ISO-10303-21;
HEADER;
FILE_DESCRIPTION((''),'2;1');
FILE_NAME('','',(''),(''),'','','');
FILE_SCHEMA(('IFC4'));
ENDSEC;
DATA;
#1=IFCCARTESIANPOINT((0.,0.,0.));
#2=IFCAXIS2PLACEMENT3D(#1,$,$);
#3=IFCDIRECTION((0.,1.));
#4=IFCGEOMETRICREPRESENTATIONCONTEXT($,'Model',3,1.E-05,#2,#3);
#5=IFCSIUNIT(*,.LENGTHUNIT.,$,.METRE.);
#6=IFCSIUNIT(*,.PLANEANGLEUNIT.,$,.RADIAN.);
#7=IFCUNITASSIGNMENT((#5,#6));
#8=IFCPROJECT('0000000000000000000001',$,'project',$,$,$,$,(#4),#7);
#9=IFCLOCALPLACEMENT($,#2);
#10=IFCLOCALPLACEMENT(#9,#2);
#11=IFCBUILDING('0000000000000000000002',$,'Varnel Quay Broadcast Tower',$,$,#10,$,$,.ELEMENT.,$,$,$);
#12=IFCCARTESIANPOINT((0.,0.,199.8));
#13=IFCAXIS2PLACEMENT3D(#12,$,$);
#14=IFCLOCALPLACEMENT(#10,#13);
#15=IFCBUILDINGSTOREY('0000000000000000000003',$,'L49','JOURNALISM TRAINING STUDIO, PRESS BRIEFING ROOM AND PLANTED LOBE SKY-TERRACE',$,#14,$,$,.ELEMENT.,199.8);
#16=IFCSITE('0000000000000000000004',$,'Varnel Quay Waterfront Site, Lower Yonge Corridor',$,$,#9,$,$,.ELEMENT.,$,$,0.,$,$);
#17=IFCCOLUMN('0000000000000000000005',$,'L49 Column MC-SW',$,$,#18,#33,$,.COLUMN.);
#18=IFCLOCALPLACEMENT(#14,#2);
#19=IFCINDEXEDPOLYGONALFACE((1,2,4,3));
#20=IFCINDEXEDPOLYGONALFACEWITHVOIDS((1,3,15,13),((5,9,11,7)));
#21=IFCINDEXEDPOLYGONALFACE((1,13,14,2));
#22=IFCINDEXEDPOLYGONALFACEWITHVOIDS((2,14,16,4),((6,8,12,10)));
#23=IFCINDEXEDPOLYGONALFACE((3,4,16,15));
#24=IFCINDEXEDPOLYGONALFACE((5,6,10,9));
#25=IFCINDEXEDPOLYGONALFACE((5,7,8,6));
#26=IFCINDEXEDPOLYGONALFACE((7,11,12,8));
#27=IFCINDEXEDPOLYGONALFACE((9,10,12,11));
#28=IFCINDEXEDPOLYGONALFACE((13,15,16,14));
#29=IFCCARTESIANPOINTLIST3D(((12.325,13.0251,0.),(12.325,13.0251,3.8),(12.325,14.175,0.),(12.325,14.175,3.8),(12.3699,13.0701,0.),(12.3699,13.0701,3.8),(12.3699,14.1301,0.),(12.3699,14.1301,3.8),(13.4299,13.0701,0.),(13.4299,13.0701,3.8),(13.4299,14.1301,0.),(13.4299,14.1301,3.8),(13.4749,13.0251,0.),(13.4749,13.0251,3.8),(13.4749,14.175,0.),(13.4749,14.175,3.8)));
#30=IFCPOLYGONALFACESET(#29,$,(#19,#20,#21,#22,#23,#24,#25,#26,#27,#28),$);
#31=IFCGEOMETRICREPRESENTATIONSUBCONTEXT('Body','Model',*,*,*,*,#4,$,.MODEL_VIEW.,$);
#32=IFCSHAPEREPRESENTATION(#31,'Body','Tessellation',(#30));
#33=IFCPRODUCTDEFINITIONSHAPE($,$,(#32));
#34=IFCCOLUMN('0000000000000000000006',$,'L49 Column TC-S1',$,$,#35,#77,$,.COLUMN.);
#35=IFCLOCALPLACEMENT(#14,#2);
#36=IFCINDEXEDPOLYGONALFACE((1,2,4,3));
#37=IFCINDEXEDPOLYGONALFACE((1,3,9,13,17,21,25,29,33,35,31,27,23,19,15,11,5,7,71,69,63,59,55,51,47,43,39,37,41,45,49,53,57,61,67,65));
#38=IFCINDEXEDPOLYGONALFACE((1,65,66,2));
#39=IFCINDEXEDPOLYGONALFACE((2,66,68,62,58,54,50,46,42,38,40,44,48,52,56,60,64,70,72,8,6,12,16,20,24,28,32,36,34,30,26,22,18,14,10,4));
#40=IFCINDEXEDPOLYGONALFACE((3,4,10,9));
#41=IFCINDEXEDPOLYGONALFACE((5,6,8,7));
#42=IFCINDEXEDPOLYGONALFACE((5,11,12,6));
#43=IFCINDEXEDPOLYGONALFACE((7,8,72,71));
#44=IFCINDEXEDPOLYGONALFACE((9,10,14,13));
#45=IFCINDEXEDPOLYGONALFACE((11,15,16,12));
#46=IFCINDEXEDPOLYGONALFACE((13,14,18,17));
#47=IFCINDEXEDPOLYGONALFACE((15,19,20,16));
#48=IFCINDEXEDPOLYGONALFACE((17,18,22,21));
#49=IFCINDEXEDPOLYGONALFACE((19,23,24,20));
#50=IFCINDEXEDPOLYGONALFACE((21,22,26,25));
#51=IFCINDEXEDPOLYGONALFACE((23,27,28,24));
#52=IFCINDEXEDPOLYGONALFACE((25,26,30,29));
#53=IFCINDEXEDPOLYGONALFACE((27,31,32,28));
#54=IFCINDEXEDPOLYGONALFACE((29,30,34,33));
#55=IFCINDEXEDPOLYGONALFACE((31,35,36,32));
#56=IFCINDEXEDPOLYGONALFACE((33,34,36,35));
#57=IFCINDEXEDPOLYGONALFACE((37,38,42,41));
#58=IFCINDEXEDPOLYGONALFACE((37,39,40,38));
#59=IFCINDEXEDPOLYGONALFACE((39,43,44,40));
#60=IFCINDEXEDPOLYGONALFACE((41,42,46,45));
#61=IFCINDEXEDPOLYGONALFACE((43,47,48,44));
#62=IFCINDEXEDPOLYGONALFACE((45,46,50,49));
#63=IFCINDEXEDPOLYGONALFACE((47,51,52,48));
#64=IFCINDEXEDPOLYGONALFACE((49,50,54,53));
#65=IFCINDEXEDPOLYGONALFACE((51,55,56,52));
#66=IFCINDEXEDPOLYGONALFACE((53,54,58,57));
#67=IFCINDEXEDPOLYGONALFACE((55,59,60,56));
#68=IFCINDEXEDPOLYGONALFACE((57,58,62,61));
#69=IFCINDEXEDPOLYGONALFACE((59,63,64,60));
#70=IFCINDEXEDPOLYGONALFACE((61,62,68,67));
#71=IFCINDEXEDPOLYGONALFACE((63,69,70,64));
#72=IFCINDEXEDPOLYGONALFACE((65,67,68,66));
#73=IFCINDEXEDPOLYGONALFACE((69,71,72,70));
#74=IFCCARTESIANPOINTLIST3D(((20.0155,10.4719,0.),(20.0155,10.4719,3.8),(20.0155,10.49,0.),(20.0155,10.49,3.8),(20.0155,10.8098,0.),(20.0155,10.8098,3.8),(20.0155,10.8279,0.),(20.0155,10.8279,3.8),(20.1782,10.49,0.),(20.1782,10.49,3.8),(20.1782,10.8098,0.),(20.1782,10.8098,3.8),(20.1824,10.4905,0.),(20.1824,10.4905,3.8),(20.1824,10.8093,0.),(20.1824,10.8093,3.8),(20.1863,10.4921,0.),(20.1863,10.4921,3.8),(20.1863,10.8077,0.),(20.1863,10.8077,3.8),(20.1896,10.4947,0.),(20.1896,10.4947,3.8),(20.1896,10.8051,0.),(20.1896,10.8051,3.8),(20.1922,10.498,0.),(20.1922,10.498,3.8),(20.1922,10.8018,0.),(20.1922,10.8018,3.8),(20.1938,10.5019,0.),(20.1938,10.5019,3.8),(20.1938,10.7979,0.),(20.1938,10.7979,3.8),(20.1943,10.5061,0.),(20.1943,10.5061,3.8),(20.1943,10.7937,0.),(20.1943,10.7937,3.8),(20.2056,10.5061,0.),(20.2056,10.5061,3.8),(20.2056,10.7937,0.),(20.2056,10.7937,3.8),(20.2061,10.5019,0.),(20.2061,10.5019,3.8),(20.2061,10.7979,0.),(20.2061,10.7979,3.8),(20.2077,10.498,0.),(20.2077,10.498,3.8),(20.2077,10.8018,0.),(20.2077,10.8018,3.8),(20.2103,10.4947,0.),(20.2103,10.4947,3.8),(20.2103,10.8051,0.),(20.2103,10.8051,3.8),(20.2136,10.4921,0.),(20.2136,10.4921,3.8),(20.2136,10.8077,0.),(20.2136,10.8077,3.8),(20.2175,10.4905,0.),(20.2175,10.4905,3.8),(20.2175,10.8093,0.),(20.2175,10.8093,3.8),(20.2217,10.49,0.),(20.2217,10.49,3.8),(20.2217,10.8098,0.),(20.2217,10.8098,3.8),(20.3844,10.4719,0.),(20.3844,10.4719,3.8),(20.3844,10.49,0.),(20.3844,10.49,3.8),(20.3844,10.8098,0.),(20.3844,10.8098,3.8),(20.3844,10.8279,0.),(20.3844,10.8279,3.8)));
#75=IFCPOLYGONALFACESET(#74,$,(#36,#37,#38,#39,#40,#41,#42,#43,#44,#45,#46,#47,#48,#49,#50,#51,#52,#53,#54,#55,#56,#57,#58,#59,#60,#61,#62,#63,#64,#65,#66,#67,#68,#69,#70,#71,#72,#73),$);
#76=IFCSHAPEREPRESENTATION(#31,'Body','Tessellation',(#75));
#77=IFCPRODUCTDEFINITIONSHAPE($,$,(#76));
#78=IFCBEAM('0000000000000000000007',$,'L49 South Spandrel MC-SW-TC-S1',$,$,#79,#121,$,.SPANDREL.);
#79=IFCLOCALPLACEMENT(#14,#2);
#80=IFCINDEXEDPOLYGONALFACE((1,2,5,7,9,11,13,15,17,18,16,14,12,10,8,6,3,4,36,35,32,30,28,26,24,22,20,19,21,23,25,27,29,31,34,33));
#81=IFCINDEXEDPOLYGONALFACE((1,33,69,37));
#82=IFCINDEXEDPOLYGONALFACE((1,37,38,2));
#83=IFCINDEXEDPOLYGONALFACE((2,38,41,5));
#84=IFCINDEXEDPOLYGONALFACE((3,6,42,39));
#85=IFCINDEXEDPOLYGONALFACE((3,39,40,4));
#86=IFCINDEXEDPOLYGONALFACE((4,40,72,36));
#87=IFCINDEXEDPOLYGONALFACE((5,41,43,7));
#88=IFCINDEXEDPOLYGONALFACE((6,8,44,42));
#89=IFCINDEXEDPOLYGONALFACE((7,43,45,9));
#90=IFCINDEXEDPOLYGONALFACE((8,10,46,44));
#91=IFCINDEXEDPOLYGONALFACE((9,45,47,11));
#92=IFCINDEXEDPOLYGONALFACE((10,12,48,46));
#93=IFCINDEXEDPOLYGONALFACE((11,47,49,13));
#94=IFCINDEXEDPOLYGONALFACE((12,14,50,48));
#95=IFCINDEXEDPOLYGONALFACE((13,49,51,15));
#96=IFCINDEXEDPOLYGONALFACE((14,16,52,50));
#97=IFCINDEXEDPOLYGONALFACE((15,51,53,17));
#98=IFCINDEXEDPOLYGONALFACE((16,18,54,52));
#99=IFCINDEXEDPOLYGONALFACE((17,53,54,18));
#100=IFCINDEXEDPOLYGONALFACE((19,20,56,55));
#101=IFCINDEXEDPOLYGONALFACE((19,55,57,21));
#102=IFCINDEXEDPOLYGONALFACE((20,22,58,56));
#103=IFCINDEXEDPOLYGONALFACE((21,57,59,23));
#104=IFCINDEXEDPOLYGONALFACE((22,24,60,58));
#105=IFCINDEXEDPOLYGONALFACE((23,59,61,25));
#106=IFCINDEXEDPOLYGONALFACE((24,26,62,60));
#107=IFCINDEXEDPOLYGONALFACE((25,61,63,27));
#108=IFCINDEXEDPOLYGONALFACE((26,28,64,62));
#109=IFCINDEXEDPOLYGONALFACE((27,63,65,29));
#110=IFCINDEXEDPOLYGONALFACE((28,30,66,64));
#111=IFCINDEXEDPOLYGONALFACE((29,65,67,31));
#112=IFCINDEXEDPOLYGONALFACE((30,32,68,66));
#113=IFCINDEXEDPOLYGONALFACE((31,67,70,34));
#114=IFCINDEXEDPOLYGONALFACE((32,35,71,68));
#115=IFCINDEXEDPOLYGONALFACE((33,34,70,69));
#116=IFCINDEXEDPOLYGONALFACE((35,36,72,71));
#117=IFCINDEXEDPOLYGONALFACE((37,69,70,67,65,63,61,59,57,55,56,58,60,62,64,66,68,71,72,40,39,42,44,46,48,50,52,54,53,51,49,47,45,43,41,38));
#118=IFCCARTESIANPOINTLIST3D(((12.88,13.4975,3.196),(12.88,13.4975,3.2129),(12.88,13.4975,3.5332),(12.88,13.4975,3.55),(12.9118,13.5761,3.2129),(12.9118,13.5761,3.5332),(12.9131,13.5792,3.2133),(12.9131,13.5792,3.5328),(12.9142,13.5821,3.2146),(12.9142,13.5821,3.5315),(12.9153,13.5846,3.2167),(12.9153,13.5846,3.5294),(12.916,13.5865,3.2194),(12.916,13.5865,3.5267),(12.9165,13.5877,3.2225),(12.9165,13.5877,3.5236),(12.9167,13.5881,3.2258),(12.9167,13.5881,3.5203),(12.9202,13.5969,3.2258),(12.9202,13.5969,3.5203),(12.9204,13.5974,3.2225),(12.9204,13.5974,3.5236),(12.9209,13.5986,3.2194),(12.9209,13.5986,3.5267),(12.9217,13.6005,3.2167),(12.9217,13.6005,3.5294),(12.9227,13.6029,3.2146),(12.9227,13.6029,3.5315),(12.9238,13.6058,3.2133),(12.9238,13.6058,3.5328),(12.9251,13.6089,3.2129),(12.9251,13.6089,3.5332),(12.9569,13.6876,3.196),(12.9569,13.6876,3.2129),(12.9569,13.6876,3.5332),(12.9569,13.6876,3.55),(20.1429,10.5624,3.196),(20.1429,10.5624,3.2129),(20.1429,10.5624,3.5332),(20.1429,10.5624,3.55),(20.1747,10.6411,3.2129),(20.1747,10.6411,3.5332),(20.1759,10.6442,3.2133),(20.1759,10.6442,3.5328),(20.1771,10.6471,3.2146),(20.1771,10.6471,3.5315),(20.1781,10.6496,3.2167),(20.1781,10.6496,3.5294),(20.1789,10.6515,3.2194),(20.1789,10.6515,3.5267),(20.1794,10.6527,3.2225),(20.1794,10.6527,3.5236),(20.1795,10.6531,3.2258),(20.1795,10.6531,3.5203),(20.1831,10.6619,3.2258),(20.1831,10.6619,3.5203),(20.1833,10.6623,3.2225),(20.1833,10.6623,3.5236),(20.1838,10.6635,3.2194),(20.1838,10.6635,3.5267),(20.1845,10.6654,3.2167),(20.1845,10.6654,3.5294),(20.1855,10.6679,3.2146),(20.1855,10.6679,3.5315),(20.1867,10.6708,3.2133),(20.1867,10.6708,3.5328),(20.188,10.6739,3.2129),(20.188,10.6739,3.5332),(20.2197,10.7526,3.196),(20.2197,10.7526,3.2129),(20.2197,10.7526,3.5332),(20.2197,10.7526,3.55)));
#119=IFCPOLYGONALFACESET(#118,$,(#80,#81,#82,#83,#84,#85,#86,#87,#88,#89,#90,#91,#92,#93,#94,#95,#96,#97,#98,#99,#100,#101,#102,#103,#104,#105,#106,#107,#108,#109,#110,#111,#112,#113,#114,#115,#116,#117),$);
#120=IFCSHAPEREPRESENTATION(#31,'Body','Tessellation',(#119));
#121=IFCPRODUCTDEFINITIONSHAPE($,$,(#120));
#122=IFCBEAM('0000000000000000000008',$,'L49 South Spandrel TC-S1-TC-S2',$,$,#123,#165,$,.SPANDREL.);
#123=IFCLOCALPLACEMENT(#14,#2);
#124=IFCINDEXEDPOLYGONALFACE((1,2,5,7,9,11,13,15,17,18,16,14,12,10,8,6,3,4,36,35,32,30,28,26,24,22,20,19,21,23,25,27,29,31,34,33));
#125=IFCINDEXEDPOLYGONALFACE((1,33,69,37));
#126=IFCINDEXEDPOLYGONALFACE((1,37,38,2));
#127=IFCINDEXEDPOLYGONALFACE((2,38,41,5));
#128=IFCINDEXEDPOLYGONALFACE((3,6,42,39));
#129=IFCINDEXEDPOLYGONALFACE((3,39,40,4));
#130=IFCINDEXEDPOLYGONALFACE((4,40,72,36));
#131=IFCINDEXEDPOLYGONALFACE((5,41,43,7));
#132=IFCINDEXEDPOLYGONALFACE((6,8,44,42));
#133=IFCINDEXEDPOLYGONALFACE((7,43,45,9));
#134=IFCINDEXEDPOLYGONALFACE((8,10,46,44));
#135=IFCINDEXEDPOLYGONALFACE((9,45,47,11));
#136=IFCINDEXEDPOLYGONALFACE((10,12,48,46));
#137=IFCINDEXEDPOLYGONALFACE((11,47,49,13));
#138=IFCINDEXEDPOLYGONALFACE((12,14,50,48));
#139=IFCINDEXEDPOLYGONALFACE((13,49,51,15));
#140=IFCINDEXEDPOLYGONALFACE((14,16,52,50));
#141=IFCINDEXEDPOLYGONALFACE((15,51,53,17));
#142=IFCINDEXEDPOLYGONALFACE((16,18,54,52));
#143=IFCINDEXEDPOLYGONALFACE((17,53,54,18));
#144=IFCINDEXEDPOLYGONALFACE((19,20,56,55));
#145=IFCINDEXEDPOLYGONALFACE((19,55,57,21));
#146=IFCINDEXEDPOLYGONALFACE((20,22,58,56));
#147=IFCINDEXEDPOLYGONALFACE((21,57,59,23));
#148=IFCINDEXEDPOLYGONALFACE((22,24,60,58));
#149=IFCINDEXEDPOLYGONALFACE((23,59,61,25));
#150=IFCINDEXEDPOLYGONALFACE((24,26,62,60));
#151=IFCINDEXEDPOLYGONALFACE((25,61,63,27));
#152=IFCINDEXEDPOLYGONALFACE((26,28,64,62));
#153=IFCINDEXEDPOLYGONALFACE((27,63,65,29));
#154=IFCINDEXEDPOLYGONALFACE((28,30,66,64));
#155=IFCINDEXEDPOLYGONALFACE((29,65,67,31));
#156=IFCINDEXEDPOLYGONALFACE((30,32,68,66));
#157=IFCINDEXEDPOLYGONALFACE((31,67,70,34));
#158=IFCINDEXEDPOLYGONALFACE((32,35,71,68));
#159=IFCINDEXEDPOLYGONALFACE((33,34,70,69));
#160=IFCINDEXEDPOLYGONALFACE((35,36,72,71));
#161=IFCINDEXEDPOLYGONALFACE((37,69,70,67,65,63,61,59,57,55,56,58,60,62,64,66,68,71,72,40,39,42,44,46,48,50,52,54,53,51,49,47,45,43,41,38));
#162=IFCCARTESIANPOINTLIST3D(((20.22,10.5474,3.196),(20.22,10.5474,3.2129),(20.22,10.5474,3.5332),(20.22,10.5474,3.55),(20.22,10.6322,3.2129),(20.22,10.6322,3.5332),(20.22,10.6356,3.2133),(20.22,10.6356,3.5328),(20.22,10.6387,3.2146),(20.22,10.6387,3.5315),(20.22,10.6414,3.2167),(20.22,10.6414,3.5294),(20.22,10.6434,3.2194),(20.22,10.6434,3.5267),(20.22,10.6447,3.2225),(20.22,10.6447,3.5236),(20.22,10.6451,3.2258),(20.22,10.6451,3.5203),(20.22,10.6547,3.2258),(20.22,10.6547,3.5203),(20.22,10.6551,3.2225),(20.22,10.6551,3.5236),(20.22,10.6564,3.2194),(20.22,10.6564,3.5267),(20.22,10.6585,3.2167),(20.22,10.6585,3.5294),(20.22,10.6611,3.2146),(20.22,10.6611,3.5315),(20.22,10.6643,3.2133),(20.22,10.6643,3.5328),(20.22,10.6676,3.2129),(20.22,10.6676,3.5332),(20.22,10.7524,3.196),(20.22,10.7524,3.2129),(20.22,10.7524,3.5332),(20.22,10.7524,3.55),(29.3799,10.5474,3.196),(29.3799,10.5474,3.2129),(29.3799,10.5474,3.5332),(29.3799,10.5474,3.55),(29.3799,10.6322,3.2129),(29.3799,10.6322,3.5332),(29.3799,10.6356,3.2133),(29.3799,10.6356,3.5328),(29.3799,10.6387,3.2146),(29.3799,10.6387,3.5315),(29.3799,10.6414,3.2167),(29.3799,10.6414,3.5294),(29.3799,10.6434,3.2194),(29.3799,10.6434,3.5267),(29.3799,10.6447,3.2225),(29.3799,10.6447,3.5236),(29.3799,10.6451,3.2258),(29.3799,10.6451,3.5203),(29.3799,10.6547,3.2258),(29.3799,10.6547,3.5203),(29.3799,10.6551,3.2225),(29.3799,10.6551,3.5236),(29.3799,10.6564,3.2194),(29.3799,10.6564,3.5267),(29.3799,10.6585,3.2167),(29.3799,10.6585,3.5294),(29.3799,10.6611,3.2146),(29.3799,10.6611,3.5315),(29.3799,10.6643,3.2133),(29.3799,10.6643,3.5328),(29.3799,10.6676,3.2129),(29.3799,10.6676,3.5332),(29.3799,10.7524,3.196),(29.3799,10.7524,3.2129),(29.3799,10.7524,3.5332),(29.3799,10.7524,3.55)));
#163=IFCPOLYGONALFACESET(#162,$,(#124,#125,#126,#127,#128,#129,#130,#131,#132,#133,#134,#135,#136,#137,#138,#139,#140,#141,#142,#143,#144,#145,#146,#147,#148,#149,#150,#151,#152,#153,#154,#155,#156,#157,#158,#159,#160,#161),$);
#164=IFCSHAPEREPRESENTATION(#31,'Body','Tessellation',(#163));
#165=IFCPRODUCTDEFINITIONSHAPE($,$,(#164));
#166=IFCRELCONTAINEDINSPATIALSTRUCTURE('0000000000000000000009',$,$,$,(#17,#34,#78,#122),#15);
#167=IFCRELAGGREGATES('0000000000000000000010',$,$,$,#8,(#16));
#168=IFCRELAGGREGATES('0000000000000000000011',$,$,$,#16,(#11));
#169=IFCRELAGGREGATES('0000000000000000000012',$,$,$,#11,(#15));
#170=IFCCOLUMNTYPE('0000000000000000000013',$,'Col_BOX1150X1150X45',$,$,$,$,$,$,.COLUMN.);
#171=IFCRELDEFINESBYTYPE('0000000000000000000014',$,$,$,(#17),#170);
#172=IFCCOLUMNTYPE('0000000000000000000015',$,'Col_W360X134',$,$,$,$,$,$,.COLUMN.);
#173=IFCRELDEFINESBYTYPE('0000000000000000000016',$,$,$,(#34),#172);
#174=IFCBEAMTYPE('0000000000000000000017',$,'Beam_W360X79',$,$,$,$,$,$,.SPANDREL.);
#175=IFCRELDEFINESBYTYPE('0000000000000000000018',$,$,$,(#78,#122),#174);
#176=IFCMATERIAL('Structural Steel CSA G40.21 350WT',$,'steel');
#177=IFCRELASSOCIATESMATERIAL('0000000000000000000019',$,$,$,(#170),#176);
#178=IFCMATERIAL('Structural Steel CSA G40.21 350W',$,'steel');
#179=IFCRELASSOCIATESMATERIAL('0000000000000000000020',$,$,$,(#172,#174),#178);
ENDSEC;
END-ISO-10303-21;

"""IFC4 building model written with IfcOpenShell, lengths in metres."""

from ifc_helpers import new_model, si_unit, direction, frame, origin, origin_2d, place, context, subcontext, project, spatial, hollow_rectangle, i_section, extrude, source, transform, mapped, material, material_profile, profile_set, type_object, type_shapes, element, save


model = new_model("IFC4")

# Units and contexts
model_context = context("Model", 3, precision=1e-05, world=origin(), true_north=direction((0.0, 1.0)))
body_context = subcontext(model_context, "Body", "Model", "MODEL_VIEW")
ifc_project = project(units=[si_unit("LENGTHUNIT", "METRE"), si_unit("PLANEANGLEUNIT", "RADIAN")], contexts=[model_context])

# Site, building, storey
site_placement = place(None, origin())
site = spatial("IfcSite", under=ifc_project, at=site_placement, Name="Varnel Quay Waterfront Site, Lower Yonge Corridor", CompositionType="ELEMENT", RefElevation=0.0)
building_placement = place(site_placement, origin())
building = spatial("IfcBuilding", under=site, at=building_placement, Name="Varnel Quay Broadcast Tower", CompositionType="ELEMENT")
storey_placement = place(building_placement, frame((0.0, 0.0, 199.8)))
storey = spatial("IfcBuildingStorey", under=building, at=storey_placement, Name="L49", Description="JOURNALISM TRAINING STUDIO, PRESS BRIEFING ROOM AND PLANTED LOBE SKY-TERRACE", CompositionType="ELEMENT", Elevation=199.8)

# Columns
ifc_material_1 = material(Name="Structural Steel CSA G40.21 350WT", Category="steel")
ifc_material_profile_1 = material_profile(ifc_material_1, hollow_rectangle(XDim=1.1499, YDim=1.1499, WallThickness=0.0449, at=origin_2d()), Name="BOX1150X1150X45")
ifc_profile_set_1 = profile_set([ifc_material_profile_1], Name="Structural Steel CSA G40.21 350WT")
column_type_1 = type_object("IfcColumnType", Name="Col_BOX1150X1150X45", PredefinedType="COLUMN", material=ifc_profile_set_1)
shared_shape_1 = source(origin(), body_context, "Body", "SweptSolid", [
    extrude(hollow_rectangle(XDim=1.1499, YDim=1.1499, WallThickness=0.0449, at=origin_2d()), origin(), (0.0, 0.0, 1.0), 3.8),
])
type_shapes(column_type_1, [shared_shape_1])
column_1_placement = place(storey_placement, frame((12.8999, 13.6001, 0.0), z_axis=(0.0, 0.0, 1.0), x_axis=(1.0, 0.0, 0.0)))
element("IfcColumn", 1, at=column_1_placement, inside=storey, type_object=column_type_1, Name="L49 Column MC-SW", PredefinedType="COLUMN", context=body_context, shape_type="MappedRepresentation", body=[
    mapped(shared_shape_1, transform((0.0, 0.0, 0.0), x_axis=(1.0, 0.0, 0.0), y_axis=(0.0, 1.0, 0.0), z_axis=(0.0, 0.0, 1.0), scale=1.0)),
])
ifc_material_2 = material(Name="Structural Steel CSA G40.21 350W", Category="steel")
ifc_material_profile_2 = material_profile(ifc_material_2, i_section(OverallWidth=0.3689, OverallDepth=0.356, WebThickness=0.0112, FlangeThickness=0.0181, FilletRadius=0.0161, at=origin_2d()), Name="W360X134")
ifc_profile_set_2 = profile_set([ifc_material_profile_2], Name="Structural Steel CSA G40.21 350W")
column_type_2 = type_object("IfcColumnType", Name="Col_W360X134", PredefinedType="COLUMN", material=ifc_profile_set_2)
shared_shape_2 = source(origin(), body_context, "Body", "SweptSolid", [
    extrude(i_section(OverallWidth=0.3689, OverallDepth=0.356, WebThickness=0.0112, FlangeThickness=0.0181, FilletRadius=0.0161, at=origin_2d()), origin(), (0.0, 0.0, 1.0), 3.8),
])
type_shapes(column_type_2, [shared_shape_2])
column_2_placement = place(storey_placement, frame((20.2, 10.6499, 0.0), z_axis=(0.0, 0.0, 1.0), x_axis=(1.0, 0.0, 0.0)))
element("IfcColumn", 2, at=column_2_placement, inside=storey, type_object=column_type_2, Name="L49 Column TC-S1", PredefinedType="COLUMN", context=body_context, shape_type="MappedRepresentation", body=[
    mapped(shared_shape_2, transform((0.0, 0.0, 0.0), x_axis=(1.0, 0.0, 0.0), y_axis=(0.0, 1.0, 0.0), z_axis=(0.0, 0.0, 1.0), scale=1.0)),
])

# Beams
ifc_material_profile_3 = material_profile(ifc_material_2, i_section(OverallWidth=0.2051, OverallDepth=0.354, WebThickness=0.0095, FlangeThickness=0.0168, FilletRadius=0.0129, at=origin_2d()), Name="W360X79")
ifc_profile_set_3 = profile_set([ifc_material_profile_3], Name="Structural Steel CSA G40.21 350W")
beam_type_1 = type_object("IfcBeamType", Name="Beam_W360X79", PredefinedType="SPANDREL", material=ifc_profile_set_3)
shared_shape_3 = source(origin(), body_context, "Body", "SweptSolid", [
    extrude(i_section(OverallWidth=0.2051, OverallDepth=0.354, WebThickness=0.0095, FlangeThickness=0.0168, FilletRadius=0.0129, at=origin_2d()), origin(), (0.0, 0.0, 1.0), 7.8335),
])
beam_1_placement = place(storey_placement, frame((12.9185, 13.5925, 3.373), z_axis=(0.927155, -0.374677, 0.0), x_axis=(0.374677, 0.927155, 0.0)))
element("IfcBeam", 3, at=beam_1_placement, inside=storey, type_object=beam_type_1, Name="L49 South Spandrel MC-SW-TC-S1", PredefinedType="SPANDREL", context=body_context, shape_type="MappedRepresentation", body=[
    mapped(shared_shape_3, transform((0.0, 0.0, 0.0), x_axis=(1.0, 0.0, 0.0), y_axis=(0.0, 1.0, 0.0), z_axis=(0.0, 0.0, 1.0), scale=1.0)),
])
shared_shape_4 = source(origin(), body_context, "Body", "SweptSolid", [
    extrude(i_section(OverallWidth=0.2051, OverallDepth=0.354, WebThickness=0.0095, FlangeThickness=0.0168, FilletRadius=0.0129, at=origin_2d()), origin(), (0.0, 0.0, 1.0), 9.1599),
])
beam_2_placement = place(storey_placement, frame((20.22, 10.6499, 3.373), z_axis=(1.0, 0.0, 0.0), x_axis=(0.0, 1.0, 0.0)))
element("IfcBeam", 4, at=beam_2_placement, inside=storey, type_object=beam_type_1, Name="L49 South Spandrel TC-S1-TC-S2", PredefinedType="SPANDREL", context=body_context, shape_type="MappedRepresentation", body=[
    mapped(shared_shape_4, transform((0.0, 0.0, 0.0), x_axis=(1.0, 0.0, 0.0), y_axis=(0.0, 1.0, 0.0), z_axis=(0.0, 0.0, 1.0), scale=1.0)),
])

save(model, "model.ifc")
